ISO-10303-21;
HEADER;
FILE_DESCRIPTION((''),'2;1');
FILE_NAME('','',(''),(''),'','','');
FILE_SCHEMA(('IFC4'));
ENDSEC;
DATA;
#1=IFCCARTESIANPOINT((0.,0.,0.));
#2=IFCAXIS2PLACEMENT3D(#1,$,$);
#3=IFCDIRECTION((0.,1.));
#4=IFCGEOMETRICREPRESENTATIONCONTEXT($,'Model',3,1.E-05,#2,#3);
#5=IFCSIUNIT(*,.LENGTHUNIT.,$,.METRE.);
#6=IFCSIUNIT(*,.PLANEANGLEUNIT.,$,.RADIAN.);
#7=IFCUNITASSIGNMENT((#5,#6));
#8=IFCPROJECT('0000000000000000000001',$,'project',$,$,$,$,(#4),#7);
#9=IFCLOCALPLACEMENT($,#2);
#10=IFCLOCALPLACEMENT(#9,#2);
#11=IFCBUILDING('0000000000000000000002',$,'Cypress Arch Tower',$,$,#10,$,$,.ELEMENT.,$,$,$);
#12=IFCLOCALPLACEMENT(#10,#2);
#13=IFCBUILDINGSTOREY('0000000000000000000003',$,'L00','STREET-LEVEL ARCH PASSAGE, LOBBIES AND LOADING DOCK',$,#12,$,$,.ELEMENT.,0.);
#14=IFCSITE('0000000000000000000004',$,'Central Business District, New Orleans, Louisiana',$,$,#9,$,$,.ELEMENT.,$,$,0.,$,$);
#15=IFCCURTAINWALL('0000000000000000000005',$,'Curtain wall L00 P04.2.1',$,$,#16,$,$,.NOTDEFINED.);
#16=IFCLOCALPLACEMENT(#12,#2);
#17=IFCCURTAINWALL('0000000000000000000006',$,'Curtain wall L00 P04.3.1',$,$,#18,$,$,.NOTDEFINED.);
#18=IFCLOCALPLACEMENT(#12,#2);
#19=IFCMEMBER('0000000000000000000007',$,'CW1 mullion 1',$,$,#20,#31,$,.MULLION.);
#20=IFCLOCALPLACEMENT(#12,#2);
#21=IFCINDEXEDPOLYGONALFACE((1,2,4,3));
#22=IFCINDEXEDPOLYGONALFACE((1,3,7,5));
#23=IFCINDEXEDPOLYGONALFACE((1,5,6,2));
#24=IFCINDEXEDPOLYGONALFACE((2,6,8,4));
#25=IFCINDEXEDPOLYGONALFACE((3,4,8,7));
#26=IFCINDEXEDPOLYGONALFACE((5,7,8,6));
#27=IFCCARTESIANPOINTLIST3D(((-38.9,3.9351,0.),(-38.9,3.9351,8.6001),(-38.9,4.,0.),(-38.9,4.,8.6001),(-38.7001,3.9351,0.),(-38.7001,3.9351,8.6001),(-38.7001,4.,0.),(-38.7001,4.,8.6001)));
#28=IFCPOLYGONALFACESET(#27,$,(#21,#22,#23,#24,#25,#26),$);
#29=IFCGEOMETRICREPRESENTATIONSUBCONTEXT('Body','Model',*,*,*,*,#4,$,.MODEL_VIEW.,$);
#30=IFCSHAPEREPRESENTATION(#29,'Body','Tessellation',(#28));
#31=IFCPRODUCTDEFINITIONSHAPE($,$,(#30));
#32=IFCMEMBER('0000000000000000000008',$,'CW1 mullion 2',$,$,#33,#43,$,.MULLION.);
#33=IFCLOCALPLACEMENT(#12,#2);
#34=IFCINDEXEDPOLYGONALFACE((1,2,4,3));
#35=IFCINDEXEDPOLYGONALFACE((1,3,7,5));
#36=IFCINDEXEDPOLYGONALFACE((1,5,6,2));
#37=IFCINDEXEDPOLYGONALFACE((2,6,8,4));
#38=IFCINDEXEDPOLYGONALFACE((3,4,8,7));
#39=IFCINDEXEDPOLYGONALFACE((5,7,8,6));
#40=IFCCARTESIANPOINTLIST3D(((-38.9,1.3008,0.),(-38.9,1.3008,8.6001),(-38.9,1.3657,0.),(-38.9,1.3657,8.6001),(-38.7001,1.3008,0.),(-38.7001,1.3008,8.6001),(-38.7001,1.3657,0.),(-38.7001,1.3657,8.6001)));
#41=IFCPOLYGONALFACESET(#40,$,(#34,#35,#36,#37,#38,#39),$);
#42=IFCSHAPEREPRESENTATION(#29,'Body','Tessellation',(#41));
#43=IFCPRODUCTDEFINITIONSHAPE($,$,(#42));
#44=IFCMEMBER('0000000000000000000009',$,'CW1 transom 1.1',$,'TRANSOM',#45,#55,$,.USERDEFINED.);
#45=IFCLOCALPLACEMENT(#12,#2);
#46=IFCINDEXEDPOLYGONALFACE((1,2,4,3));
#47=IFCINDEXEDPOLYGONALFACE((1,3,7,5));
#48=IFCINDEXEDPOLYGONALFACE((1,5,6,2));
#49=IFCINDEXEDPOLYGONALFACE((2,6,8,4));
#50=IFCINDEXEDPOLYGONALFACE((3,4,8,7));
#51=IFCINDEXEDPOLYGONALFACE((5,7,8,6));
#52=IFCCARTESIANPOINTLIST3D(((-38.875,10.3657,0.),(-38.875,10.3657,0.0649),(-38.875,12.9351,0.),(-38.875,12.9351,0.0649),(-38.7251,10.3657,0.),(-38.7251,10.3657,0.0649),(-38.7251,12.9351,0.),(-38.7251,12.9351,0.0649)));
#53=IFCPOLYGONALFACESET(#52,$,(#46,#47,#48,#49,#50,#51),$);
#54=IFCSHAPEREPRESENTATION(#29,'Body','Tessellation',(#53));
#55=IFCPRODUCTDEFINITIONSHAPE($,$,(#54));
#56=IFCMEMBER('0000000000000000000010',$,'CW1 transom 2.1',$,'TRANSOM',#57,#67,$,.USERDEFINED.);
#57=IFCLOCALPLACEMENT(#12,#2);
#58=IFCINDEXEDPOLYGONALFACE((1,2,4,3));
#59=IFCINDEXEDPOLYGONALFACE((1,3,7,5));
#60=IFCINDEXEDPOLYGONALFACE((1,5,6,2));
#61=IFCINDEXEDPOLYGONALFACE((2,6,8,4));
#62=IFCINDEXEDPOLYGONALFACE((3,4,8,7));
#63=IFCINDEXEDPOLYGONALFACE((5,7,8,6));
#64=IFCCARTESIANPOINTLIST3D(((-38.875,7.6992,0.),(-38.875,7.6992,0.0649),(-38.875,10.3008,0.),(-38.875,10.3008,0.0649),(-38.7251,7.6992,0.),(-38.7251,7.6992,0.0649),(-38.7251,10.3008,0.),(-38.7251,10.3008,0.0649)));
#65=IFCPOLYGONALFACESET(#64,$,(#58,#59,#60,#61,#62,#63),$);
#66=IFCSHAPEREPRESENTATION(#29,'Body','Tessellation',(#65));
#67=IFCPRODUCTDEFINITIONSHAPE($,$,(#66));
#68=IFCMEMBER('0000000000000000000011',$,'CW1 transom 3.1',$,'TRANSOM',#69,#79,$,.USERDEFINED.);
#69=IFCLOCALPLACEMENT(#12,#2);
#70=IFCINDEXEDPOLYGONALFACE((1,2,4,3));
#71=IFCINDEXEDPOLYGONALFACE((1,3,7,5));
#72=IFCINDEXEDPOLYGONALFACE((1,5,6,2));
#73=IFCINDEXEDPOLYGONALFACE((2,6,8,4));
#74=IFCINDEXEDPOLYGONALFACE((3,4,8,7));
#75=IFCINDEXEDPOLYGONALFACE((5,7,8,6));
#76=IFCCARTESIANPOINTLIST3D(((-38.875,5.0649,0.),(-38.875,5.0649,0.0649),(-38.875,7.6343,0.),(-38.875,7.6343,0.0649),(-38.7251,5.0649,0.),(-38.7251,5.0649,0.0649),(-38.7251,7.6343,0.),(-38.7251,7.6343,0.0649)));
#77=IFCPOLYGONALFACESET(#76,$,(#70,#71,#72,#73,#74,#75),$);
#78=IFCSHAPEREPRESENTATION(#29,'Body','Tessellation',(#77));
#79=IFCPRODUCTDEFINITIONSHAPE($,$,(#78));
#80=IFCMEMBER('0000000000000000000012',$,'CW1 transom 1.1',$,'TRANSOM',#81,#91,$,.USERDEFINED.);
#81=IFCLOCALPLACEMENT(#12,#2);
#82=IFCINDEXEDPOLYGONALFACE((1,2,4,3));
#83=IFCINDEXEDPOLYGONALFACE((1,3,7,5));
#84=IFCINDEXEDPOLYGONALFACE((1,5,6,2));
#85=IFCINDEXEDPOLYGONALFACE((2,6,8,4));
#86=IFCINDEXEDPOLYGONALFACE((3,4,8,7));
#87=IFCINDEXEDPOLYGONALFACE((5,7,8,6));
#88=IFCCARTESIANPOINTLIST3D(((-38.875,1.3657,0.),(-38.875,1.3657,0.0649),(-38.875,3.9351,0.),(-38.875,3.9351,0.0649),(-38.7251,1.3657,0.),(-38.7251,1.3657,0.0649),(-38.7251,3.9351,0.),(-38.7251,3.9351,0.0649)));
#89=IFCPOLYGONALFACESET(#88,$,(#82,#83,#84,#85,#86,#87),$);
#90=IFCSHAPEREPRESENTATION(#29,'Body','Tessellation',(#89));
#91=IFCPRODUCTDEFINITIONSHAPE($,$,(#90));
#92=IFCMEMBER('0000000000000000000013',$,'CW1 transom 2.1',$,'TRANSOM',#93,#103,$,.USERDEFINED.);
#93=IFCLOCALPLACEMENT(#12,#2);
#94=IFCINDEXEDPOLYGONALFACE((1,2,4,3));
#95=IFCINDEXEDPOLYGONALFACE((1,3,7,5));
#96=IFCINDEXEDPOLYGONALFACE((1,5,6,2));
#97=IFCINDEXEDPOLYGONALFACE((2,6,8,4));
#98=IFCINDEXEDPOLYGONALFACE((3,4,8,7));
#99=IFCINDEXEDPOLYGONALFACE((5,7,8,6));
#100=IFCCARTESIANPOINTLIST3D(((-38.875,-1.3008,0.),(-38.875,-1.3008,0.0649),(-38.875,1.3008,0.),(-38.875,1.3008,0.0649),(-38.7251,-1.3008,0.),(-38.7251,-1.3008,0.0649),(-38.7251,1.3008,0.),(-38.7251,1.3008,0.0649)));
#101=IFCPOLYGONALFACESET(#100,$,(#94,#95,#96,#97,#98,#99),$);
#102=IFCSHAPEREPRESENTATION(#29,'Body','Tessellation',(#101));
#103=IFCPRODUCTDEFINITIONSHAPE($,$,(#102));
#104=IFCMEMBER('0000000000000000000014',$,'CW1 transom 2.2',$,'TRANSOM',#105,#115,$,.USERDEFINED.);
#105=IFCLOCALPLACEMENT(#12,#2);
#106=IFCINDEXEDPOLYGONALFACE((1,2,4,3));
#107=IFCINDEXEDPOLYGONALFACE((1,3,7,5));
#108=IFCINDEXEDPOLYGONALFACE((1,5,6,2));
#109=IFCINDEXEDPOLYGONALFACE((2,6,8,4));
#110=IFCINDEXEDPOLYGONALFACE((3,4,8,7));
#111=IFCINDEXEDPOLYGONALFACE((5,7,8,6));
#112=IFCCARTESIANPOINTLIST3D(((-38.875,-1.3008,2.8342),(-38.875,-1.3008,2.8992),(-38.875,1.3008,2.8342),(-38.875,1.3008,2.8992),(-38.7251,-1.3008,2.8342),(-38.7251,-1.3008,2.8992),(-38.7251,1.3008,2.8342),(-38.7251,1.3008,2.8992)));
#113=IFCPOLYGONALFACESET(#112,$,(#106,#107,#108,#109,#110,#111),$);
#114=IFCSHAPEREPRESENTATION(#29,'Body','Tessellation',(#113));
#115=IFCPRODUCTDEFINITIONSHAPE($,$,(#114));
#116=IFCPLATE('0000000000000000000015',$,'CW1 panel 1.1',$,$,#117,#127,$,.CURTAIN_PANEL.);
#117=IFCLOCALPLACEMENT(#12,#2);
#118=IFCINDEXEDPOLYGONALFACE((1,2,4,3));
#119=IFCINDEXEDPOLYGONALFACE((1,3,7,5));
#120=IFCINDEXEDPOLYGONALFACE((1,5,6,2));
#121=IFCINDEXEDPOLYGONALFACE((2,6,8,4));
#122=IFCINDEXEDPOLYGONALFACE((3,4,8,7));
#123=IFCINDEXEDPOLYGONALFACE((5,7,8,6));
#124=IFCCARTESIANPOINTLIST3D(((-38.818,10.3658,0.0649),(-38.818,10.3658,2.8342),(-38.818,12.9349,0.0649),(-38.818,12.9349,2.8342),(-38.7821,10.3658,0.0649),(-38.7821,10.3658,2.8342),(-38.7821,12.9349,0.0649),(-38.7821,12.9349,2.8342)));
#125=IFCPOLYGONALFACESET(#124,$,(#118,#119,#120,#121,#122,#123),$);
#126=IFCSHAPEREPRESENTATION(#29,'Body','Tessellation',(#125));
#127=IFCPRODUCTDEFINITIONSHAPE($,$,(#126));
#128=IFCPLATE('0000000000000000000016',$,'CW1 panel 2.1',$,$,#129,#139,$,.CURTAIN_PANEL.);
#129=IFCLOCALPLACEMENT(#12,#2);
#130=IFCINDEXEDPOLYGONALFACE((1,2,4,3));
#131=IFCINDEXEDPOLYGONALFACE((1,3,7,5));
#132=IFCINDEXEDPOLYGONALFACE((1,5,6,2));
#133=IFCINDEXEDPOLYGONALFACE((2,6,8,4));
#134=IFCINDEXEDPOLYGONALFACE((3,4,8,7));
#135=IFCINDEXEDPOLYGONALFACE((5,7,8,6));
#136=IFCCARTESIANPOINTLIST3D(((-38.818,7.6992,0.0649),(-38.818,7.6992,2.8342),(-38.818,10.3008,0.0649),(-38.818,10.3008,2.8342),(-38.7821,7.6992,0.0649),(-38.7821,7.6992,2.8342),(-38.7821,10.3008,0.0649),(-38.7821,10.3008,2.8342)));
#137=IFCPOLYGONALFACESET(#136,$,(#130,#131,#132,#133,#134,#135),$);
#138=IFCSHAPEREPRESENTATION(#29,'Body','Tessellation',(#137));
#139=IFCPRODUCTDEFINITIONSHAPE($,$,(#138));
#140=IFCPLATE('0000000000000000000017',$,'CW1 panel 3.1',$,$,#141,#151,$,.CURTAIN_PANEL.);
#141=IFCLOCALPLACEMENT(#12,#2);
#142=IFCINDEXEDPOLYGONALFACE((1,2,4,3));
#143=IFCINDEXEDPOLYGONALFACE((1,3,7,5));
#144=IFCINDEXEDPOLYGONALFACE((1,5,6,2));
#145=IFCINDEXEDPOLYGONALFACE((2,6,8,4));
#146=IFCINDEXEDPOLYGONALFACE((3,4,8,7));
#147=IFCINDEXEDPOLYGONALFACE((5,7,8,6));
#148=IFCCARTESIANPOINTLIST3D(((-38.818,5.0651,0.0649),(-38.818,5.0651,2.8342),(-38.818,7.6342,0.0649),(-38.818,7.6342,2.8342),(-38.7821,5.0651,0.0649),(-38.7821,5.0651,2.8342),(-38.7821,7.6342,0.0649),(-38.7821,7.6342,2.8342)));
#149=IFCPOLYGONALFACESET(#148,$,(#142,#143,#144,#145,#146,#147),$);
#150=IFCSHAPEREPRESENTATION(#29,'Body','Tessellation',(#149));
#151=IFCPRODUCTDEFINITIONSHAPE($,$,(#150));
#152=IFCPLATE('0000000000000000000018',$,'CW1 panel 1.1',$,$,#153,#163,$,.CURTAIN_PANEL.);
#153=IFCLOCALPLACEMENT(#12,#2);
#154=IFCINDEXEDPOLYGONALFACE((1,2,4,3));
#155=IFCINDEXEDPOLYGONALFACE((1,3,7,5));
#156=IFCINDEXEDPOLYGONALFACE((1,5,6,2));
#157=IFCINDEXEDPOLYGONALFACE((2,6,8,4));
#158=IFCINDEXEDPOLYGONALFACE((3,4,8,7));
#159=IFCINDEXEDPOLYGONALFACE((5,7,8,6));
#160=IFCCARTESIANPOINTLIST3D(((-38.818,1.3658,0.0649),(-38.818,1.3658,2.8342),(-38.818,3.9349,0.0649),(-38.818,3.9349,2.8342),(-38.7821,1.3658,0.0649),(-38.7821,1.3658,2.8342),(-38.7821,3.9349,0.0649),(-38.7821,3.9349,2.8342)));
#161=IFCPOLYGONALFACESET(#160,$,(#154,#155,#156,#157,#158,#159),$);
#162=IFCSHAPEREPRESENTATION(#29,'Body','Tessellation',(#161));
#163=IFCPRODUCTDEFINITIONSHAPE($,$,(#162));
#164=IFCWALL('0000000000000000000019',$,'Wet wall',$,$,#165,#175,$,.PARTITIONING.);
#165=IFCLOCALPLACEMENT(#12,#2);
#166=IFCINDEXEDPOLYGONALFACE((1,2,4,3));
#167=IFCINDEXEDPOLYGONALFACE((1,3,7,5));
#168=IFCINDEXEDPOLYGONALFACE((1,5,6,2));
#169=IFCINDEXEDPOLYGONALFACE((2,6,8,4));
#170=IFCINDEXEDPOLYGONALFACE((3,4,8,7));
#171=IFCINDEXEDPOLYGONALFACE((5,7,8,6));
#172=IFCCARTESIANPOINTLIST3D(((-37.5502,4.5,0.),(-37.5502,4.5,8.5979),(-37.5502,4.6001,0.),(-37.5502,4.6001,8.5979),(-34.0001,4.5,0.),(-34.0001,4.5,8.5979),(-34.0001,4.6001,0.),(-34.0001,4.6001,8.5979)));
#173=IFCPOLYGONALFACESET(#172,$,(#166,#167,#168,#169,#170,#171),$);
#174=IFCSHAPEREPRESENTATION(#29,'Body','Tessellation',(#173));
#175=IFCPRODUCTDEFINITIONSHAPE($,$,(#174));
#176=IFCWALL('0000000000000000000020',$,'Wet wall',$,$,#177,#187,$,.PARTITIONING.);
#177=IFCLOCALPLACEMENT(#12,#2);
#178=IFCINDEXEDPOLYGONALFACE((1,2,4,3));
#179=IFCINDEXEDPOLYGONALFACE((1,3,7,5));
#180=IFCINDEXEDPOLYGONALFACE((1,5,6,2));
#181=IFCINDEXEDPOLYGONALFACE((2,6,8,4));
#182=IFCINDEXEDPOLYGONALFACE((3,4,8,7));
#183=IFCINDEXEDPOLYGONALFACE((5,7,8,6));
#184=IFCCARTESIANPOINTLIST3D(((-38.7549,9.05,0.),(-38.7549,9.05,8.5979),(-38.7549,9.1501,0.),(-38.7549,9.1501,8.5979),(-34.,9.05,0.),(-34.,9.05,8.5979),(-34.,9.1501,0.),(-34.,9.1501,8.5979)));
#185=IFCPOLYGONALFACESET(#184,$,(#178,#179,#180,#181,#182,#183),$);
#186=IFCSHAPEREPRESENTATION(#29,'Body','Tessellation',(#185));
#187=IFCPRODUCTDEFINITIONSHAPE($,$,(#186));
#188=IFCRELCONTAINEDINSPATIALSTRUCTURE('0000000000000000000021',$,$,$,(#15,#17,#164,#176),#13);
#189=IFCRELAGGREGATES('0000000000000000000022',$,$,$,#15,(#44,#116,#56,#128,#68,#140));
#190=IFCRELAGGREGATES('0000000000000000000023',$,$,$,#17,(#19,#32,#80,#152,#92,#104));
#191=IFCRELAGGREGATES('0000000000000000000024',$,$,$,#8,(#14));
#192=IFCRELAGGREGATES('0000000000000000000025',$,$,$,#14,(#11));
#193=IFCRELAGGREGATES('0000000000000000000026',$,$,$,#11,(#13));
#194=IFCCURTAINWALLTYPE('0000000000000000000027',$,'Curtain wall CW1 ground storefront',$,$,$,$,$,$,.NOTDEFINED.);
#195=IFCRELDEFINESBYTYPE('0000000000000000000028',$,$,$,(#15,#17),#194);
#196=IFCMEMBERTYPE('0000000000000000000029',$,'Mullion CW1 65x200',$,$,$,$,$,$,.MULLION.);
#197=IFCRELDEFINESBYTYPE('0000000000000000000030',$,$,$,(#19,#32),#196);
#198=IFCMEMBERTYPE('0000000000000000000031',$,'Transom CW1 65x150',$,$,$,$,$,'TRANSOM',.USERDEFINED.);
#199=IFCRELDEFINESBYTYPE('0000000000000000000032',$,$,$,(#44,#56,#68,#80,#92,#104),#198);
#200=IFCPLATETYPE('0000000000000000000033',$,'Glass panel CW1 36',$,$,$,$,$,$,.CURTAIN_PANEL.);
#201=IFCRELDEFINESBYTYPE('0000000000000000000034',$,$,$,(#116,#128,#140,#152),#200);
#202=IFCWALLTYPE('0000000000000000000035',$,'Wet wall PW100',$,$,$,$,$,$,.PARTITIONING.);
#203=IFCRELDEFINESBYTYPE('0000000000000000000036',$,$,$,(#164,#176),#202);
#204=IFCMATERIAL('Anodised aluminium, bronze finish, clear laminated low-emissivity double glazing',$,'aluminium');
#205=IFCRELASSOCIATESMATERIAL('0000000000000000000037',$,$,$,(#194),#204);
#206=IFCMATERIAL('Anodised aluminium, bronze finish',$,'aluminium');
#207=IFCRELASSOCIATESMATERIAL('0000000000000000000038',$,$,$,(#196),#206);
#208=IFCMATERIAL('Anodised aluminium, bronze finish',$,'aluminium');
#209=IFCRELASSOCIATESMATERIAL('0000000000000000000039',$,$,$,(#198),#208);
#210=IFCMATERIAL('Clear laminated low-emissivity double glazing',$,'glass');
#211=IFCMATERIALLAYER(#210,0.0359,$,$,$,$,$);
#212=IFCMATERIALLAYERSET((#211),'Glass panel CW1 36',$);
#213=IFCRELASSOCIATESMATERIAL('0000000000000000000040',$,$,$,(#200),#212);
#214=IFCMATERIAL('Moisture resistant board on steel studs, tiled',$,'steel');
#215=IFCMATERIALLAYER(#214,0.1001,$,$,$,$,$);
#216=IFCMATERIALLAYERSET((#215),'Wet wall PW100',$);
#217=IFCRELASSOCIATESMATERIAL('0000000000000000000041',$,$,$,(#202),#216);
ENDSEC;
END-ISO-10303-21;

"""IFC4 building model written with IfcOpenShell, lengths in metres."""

from ifc_helpers import new_model, si_unit, direction, frame, frame_2d, origin, origin_2d, place, context, subcontext, project, spatial, rectangle, extrude, material, layer, layer_set, material_profile, profile_set, type_object, element, aggregate, save


model = new_model("IFC4")

# Units and contexts
model_context = context("Model", 3, precision=1e-05, world=origin(), true_north=direction((0.0, 1.0)))
body_context = subcontext(model_context, "Body", "Model", "MODEL_VIEW")
ifc_project = project(units=[si_unit("LENGTHUNIT", "METRE"), si_unit("PLANEANGLEUNIT", "RADIAN")], contexts=[model_context])

# Site, building, storey
site_placement = place(None, origin())
site = spatial("IfcSite", under=ifc_project, at=site_placement, Name="Central Business District, New Orleans, Louisiana", CompositionType="ELEMENT", RefElevation=0.0)
building_placement = place(site_placement, origin())
building = spatial("IfcBuilding", under=site, at=building_placement, Name="Cypress Arch Tower", CompositionType="ELEMENT")
storey_placement = place(building_placement, origin())
storey = spatial("IfcBuildingStorey", under=building, at=storey_placement, Name="L00", Description="STREET-LEVEL ARCH PASSAGE, LOBBIES AND LOADING DOCK", CompositionType="ELEMENT", Elevation=0.0)

# Curtain walls, members
ifc_material_1 = material(Name="Anodised aluminium, bronze finish, clear laminated low-emissivity double glazing", Category="aluminium")
curtain_wall_type = type_object("IfcCurtainWallType", Name="Curtain wall CW1 ground storefront", PredefinedType="NOTDEFINED", material=ifc_material_1)
curtain_wall_1_placement = place(storey_placement, origin())
curtain_wall_1 = element("IfcCurtainWall", 1, at=curtain_wall_1_placement, inside=storey, type_object=curtain_wall_type, Name="Curtain wall L00 P04.2.1", PredefinedType="NOTDEFINED")
ifc_material_2 = material(Name="Anodised aluminium, bronze finish", Category="aluminium")
ifc_material_profile_1 = material_profile(ifc_material_2, rectangle(XDim=0.2, YDim=0.0649, at=origin_2d()), Name="Mullion 65x200")
ifc_profile_set_1 = profile_set([ifc_material_profile_1], Name="Anodised aluminium, bronze finish")
member_type_1 = type_object("IfcMemberType", Name="Mullion CW1 65x200", PredefinedType="MULLION", material=ifc_profile_set_1)
curtain_wall_2_placement = place(storey_placement, origin())
curtain_wall_2 = element("IfcCurtainWall", 2, at=curtain_wall_2_placement, inside=storey, type_object=curtain_wall_type, Name="Curtain wall L00 P04.3.1", PredefinedType="NOTDEFINED")
member_1_placement = place(storey_placement, frame((-38.8, 3.9675, 0.0), z_axis=(0.0, 0.0, 1.0), x_axis=(1.0, 0.0, 0.0)))
member_1 = element("IfcMember", 3, at=member_1_placement, type_object=member_type_1, Name="CW1 mullion 1", PredefinedType="MULLION", context=body_context, shape_type="SweptSolid", body=[
    extrude(rectangle(XDim=0.2, YDim=0.0649, at=origin_2d()), origin(), (0.0, 0.0, 1.0), 8.6001),
])
member_2_placement = place(storey_placement, frame((-38.8, 1.3333, 0.0), z_axis=(0.0, 0.0, 1.0), x_axis=(1.0, 0.0, 0.0)))
member_2 = element("IfcMember", 4, at=member_2_placement, type_object=member_type_1, Name="CW1 mullion 2", PredefinedType="MULLION", context=body_context, shape_type="SweptSolid", body=[
    extrude(rectangle(XDim=0.2, YDim=0.0649, at=origin_2d()), origin(), (0.0, 0.0, 1.0), 8.6001),
])

# Members
ifc_material_3 = material(Name="Anodised aluminium, bronze finish", Category="aluminium")
ifc_material_profile_2 = material_profile(ifc_material_3, rectangle(XDim=0.1499, YDim=0.0649, at=origin_2d()), Name="Transom 65x150")
ifc_profile_set_2 = profile_set([ifc_material_profile_2], Name="Anodised aluminium, bronze finish")
member_type_2 = type_object("IfcMemberType", Name="Transom CW1 65x150", ElementType="TRANSOM", PredefinedType="USERDEFINED", material=ifc_profile_set_2)
member_3_placement = place(storey_placement, frame((-38.8, 12.9351, 0.0325), z_axis=(0.0, -1.0, 0.0), x_axis=(1.0, 0.0, 0.0)))
member_3 = element("IfcMember", 5, at=member_3_placement, type_object=member_type_2, Name="CW1 transom 1.1", ObjectType="TRANSOM", PredefinedType="USERDEFINED", context=body_context, shape_type="SweptSolid", body=[
    extrude(rectangle(XDim=0.1499, YDim=0.0649, at=origin_2d()), origin(), (0.0, 0.0, 1.0), 2.5693),
])
member_4_placement = place(storey_placement, frame((-38.8, 10.3008, 0.0325), z_axis=(0.0, -1.0, 0.0), x_axis=(1.0, 0.0, 0.0)))
member_4 = element("IfcMember", 6, at=member_4_placement, type_object=member_type_2, Name="CW1 transom 2.1", ObjectType="TRANSOM", PredefinedType="USERDEFINED", context=body_context, shape_type="SweptSolid", body=[
    extrude(rectangle(XDim=0.1499, YDim=0.0649, at=origin_2d()), origin(), (0.0, 0.0, 1.0), 2.6016),
])
member_5_placement = place(storey_placement, frame((-38.8, 7.6343, 0.0325), z_axis=(0.0, -1.0, 0.0), x_axis=(1.0, 0.0, 0.0)))
member_5 = element("IfcMember", 7, at=member_5_placement, type_object=member_type_2, Name="CW1 transom 3.1", ObjectType="TRANSOM", PredefinedType="USERDEFINED", context=body_context, shape_type="SweptSolid", body=[
    extrude(rectangle(XDim=0.1499, YDim=0.0649, at=origin_2d()), origin(), (0.0, 0.0, 1.0), 2.5693),
])
member_6_placement = place(storey_placement, frame((-38.8, 3.9351, 0.0325), z_axis=(0.0, -1.0, 0.0), x_axis=(1.0, 0.0, 0.0)))
member_6 = element("IfcMember", 8, at=member_6_placement, type_object=member_type_2, Name="CW1 transom 1.1", ObjectType="TRANSOM", PredefinedType="USERDEFINED", context=body_context, shape_type="SweptSolid", body=[
    extrude(rectangle(XDim=0.1499, YDim=0.0649, at=origin_2d()), origin(), (0.0, 0.0, 1.0), 2.5693),
])
member_7_placement = place(storey_placement, frame((-38.8, 1.3008, 0.0325), z_axis=(0.0, -1.0, 0.0), x_axis=(1.0, 0.0, 0.0)))
member_7 = element("IfcMember", 9, at=member_7_placement, type_object=member_type_2, Name="CW1 transom 2.1", ObjectType="TRANSOM", PredefinedType="USERDEFINED", context=body_context, shape_type="SweptSolid", body=[
    extrude(rectangle(XDim=0.1499, YDim=0.0649, at=origin_2d()), origin(), (0.0, 0.0, 1.0), 2.6016),
])
member_8_placement = place(storey_placement, frame((-38.8, 1.3008, 2.8667), z_axis=(0.0, -1.0, 0.0), x_axis=(1.0, 0.0, 0.0)))
member_8 = element("IfcMember", 10, at=member_8_placement, type_object=member_type_2, Name="CW1 transom 2.2", ObjectType="TRANSOM", PredefinedType="USERDEFINED", context=body_context, shape_type="SweptSolid", body=[
    extrude(rectangle(XDim=0.1499, YDim=0.0649, at=origin_2d()), origin(), (0.0, 0.0, 1.0), 2.6016),
])

# Plates
ifc_material_4 = material(Name="Clear laminated low-emissivity double glazing", Category="glass")
ifc_layer_1 = layer(ifc_material_4, 0.0359)
ifc_layer_set_1 = layer_set([ifc_layer_1], Name="Glass panel CW1 36")
plate_type = type_object("IfcPlateType", Name="Glass panel CW1 36", PredefinedType="CURTAIN_PANEL", material=ifc_layer_set_1)
plate_1_placement = place(storey_placement, frame((-38.8, 11.6504, 0.0649), z_axis=(0.0, 0.0, 1.0), x_axis=(0.0, -1.0, 0.0)))
plate_1 = element("IfcPlate", 11, at=plate_1_placement, type_object=plate_type, Name="CW1 panel 1.1", PredefinedType="CURTAIN_PANEL", context=body_context, shape_type="SweptSolid", body=[
    extrude(rectangle(XDim=2.5691, YDim=0.0359, at=origin_2d()), origin(), (0.0, 0.0, 1.0), 2.7693),
])
plate_2_placement = place(storey_placement, frame((-38.8, 9.0, 0.0649), z_axis=(0.0, 0.0, 1.0), x_axis=(0.0, -1.0, 0.0)))
plate_2 = element("IfcPlate", 12, at=plate_2_placement, type_object=plate_type, Name="CW1 panel 2.1", PredefinedType="CURTAIN_PANEL", context=body_context, shape_type="SweptSolid", body=[
    extrude(rectangle(XDim=2.6016, YDim=0.0359, at=origin_2d()), origin(), (0.0, 0.0, 1.0), 2.7693),
])
plate_3_placement = place(storey_placement, frame((-38.8, 6.3496, 0.0649), z_axis=(0.0, 0.0, 1.0), x_axis=(0.0, -1.0, 0.0)))
plate_3 = element("IfcPlate", 13, at=plate_3_placement, type_object=plate_type, Name="CW1 panel 3.1", PredefinedType="CURTAIN_PANEL", context=body_context, shape_type="SweptSolid", body=[
    extrude(rectangle(XDim=2.5691, YDim=0.0359, at=origin_2d()), origin(), (0.0, 0.0, 1.0), 2.7693),
])
aggregate(curtain_wall_1, [member_3, plate_1, member_4, plate_2, member_5, plate_3])
plate_4_placement = place(storey_placement, frame((-38.8, 2.6504, 0.0649), z_axis=(0.0, 0.0, 1.0), x_axis=(0.0, -1.0, 0.0)))
plate_4 = element("IfcPlate", 14, at=plate_4_placement, type_object=plate_type, Name="CW1 panel 1.1", PredefinedType="CURTAIN_PANEL", context=body_context, shape_type="SweptSolid", body=[
    extrude(rectangle(XDim=2.5691, YDim=0.0359, at=origin_2d()), origin(), (0.0, 0.0, 1.0), 2.7693),
])
aggregate(curtain_wall_2, [member_1, member_2, member_6, plate_4, member_7, member_8])

# Walls
ifc_material_5 = material(Name="Moisture resistant board on steel studs, tiled", Category="steel")
ifc_layer_2 = layer(ifc_material_5, 0.1001)
ifc_layer_set_2 = layer_set([ifc_layer_2], Name="Wet wall PW100")
wall_type = type_object("IfcWallType", Name="Wet wall PW100", PredefinedType="PARTITIONING", material=ifc_layer_set_2)
wall_1_placement = place(storey_placement, frame((-37.55, 4.55, 0.0), z_axis=(0.0, 0.0, 1.0), x_axis=(1.0, 0.0, 0.0)))
element("IfcWall", 15, at=wall_1_placement, inside=storey, type_object=wall_type, Name="Wet wall", PredefinedType="PARTITIONING", context=body_context, shape_type="SweptSolid", body=[
    extrude(rectangle(XDim=3.55, YDim=0.1001, at=frame_2d((1.7749, 0.0))), origin(), (0.0, 0.0, 1.0), 8.5979),
])
wall_2_placement = place(storey_placement, frame((-38.7549, 9.1001, 0.0), z_axis=(0.0, 0.0, 1.0), x_axis=(1.0, 0.0, 0.0)))
element("IfcWall", 16, at=wall_2_placement, inside=storey, type_object=wall_type, Name="Wet wall", PredefinedType="PARTITIONING", context=body_context, shape_type="SweptSolid", body=[
    extrude(rectangle(XDim=4.7549, YDim=0.1001, at=frame_2d((2.3774, 0.0))), origin(), (0.0, 0.0, 1.0), 8.5979),
])

save(model, "model.ifc")
